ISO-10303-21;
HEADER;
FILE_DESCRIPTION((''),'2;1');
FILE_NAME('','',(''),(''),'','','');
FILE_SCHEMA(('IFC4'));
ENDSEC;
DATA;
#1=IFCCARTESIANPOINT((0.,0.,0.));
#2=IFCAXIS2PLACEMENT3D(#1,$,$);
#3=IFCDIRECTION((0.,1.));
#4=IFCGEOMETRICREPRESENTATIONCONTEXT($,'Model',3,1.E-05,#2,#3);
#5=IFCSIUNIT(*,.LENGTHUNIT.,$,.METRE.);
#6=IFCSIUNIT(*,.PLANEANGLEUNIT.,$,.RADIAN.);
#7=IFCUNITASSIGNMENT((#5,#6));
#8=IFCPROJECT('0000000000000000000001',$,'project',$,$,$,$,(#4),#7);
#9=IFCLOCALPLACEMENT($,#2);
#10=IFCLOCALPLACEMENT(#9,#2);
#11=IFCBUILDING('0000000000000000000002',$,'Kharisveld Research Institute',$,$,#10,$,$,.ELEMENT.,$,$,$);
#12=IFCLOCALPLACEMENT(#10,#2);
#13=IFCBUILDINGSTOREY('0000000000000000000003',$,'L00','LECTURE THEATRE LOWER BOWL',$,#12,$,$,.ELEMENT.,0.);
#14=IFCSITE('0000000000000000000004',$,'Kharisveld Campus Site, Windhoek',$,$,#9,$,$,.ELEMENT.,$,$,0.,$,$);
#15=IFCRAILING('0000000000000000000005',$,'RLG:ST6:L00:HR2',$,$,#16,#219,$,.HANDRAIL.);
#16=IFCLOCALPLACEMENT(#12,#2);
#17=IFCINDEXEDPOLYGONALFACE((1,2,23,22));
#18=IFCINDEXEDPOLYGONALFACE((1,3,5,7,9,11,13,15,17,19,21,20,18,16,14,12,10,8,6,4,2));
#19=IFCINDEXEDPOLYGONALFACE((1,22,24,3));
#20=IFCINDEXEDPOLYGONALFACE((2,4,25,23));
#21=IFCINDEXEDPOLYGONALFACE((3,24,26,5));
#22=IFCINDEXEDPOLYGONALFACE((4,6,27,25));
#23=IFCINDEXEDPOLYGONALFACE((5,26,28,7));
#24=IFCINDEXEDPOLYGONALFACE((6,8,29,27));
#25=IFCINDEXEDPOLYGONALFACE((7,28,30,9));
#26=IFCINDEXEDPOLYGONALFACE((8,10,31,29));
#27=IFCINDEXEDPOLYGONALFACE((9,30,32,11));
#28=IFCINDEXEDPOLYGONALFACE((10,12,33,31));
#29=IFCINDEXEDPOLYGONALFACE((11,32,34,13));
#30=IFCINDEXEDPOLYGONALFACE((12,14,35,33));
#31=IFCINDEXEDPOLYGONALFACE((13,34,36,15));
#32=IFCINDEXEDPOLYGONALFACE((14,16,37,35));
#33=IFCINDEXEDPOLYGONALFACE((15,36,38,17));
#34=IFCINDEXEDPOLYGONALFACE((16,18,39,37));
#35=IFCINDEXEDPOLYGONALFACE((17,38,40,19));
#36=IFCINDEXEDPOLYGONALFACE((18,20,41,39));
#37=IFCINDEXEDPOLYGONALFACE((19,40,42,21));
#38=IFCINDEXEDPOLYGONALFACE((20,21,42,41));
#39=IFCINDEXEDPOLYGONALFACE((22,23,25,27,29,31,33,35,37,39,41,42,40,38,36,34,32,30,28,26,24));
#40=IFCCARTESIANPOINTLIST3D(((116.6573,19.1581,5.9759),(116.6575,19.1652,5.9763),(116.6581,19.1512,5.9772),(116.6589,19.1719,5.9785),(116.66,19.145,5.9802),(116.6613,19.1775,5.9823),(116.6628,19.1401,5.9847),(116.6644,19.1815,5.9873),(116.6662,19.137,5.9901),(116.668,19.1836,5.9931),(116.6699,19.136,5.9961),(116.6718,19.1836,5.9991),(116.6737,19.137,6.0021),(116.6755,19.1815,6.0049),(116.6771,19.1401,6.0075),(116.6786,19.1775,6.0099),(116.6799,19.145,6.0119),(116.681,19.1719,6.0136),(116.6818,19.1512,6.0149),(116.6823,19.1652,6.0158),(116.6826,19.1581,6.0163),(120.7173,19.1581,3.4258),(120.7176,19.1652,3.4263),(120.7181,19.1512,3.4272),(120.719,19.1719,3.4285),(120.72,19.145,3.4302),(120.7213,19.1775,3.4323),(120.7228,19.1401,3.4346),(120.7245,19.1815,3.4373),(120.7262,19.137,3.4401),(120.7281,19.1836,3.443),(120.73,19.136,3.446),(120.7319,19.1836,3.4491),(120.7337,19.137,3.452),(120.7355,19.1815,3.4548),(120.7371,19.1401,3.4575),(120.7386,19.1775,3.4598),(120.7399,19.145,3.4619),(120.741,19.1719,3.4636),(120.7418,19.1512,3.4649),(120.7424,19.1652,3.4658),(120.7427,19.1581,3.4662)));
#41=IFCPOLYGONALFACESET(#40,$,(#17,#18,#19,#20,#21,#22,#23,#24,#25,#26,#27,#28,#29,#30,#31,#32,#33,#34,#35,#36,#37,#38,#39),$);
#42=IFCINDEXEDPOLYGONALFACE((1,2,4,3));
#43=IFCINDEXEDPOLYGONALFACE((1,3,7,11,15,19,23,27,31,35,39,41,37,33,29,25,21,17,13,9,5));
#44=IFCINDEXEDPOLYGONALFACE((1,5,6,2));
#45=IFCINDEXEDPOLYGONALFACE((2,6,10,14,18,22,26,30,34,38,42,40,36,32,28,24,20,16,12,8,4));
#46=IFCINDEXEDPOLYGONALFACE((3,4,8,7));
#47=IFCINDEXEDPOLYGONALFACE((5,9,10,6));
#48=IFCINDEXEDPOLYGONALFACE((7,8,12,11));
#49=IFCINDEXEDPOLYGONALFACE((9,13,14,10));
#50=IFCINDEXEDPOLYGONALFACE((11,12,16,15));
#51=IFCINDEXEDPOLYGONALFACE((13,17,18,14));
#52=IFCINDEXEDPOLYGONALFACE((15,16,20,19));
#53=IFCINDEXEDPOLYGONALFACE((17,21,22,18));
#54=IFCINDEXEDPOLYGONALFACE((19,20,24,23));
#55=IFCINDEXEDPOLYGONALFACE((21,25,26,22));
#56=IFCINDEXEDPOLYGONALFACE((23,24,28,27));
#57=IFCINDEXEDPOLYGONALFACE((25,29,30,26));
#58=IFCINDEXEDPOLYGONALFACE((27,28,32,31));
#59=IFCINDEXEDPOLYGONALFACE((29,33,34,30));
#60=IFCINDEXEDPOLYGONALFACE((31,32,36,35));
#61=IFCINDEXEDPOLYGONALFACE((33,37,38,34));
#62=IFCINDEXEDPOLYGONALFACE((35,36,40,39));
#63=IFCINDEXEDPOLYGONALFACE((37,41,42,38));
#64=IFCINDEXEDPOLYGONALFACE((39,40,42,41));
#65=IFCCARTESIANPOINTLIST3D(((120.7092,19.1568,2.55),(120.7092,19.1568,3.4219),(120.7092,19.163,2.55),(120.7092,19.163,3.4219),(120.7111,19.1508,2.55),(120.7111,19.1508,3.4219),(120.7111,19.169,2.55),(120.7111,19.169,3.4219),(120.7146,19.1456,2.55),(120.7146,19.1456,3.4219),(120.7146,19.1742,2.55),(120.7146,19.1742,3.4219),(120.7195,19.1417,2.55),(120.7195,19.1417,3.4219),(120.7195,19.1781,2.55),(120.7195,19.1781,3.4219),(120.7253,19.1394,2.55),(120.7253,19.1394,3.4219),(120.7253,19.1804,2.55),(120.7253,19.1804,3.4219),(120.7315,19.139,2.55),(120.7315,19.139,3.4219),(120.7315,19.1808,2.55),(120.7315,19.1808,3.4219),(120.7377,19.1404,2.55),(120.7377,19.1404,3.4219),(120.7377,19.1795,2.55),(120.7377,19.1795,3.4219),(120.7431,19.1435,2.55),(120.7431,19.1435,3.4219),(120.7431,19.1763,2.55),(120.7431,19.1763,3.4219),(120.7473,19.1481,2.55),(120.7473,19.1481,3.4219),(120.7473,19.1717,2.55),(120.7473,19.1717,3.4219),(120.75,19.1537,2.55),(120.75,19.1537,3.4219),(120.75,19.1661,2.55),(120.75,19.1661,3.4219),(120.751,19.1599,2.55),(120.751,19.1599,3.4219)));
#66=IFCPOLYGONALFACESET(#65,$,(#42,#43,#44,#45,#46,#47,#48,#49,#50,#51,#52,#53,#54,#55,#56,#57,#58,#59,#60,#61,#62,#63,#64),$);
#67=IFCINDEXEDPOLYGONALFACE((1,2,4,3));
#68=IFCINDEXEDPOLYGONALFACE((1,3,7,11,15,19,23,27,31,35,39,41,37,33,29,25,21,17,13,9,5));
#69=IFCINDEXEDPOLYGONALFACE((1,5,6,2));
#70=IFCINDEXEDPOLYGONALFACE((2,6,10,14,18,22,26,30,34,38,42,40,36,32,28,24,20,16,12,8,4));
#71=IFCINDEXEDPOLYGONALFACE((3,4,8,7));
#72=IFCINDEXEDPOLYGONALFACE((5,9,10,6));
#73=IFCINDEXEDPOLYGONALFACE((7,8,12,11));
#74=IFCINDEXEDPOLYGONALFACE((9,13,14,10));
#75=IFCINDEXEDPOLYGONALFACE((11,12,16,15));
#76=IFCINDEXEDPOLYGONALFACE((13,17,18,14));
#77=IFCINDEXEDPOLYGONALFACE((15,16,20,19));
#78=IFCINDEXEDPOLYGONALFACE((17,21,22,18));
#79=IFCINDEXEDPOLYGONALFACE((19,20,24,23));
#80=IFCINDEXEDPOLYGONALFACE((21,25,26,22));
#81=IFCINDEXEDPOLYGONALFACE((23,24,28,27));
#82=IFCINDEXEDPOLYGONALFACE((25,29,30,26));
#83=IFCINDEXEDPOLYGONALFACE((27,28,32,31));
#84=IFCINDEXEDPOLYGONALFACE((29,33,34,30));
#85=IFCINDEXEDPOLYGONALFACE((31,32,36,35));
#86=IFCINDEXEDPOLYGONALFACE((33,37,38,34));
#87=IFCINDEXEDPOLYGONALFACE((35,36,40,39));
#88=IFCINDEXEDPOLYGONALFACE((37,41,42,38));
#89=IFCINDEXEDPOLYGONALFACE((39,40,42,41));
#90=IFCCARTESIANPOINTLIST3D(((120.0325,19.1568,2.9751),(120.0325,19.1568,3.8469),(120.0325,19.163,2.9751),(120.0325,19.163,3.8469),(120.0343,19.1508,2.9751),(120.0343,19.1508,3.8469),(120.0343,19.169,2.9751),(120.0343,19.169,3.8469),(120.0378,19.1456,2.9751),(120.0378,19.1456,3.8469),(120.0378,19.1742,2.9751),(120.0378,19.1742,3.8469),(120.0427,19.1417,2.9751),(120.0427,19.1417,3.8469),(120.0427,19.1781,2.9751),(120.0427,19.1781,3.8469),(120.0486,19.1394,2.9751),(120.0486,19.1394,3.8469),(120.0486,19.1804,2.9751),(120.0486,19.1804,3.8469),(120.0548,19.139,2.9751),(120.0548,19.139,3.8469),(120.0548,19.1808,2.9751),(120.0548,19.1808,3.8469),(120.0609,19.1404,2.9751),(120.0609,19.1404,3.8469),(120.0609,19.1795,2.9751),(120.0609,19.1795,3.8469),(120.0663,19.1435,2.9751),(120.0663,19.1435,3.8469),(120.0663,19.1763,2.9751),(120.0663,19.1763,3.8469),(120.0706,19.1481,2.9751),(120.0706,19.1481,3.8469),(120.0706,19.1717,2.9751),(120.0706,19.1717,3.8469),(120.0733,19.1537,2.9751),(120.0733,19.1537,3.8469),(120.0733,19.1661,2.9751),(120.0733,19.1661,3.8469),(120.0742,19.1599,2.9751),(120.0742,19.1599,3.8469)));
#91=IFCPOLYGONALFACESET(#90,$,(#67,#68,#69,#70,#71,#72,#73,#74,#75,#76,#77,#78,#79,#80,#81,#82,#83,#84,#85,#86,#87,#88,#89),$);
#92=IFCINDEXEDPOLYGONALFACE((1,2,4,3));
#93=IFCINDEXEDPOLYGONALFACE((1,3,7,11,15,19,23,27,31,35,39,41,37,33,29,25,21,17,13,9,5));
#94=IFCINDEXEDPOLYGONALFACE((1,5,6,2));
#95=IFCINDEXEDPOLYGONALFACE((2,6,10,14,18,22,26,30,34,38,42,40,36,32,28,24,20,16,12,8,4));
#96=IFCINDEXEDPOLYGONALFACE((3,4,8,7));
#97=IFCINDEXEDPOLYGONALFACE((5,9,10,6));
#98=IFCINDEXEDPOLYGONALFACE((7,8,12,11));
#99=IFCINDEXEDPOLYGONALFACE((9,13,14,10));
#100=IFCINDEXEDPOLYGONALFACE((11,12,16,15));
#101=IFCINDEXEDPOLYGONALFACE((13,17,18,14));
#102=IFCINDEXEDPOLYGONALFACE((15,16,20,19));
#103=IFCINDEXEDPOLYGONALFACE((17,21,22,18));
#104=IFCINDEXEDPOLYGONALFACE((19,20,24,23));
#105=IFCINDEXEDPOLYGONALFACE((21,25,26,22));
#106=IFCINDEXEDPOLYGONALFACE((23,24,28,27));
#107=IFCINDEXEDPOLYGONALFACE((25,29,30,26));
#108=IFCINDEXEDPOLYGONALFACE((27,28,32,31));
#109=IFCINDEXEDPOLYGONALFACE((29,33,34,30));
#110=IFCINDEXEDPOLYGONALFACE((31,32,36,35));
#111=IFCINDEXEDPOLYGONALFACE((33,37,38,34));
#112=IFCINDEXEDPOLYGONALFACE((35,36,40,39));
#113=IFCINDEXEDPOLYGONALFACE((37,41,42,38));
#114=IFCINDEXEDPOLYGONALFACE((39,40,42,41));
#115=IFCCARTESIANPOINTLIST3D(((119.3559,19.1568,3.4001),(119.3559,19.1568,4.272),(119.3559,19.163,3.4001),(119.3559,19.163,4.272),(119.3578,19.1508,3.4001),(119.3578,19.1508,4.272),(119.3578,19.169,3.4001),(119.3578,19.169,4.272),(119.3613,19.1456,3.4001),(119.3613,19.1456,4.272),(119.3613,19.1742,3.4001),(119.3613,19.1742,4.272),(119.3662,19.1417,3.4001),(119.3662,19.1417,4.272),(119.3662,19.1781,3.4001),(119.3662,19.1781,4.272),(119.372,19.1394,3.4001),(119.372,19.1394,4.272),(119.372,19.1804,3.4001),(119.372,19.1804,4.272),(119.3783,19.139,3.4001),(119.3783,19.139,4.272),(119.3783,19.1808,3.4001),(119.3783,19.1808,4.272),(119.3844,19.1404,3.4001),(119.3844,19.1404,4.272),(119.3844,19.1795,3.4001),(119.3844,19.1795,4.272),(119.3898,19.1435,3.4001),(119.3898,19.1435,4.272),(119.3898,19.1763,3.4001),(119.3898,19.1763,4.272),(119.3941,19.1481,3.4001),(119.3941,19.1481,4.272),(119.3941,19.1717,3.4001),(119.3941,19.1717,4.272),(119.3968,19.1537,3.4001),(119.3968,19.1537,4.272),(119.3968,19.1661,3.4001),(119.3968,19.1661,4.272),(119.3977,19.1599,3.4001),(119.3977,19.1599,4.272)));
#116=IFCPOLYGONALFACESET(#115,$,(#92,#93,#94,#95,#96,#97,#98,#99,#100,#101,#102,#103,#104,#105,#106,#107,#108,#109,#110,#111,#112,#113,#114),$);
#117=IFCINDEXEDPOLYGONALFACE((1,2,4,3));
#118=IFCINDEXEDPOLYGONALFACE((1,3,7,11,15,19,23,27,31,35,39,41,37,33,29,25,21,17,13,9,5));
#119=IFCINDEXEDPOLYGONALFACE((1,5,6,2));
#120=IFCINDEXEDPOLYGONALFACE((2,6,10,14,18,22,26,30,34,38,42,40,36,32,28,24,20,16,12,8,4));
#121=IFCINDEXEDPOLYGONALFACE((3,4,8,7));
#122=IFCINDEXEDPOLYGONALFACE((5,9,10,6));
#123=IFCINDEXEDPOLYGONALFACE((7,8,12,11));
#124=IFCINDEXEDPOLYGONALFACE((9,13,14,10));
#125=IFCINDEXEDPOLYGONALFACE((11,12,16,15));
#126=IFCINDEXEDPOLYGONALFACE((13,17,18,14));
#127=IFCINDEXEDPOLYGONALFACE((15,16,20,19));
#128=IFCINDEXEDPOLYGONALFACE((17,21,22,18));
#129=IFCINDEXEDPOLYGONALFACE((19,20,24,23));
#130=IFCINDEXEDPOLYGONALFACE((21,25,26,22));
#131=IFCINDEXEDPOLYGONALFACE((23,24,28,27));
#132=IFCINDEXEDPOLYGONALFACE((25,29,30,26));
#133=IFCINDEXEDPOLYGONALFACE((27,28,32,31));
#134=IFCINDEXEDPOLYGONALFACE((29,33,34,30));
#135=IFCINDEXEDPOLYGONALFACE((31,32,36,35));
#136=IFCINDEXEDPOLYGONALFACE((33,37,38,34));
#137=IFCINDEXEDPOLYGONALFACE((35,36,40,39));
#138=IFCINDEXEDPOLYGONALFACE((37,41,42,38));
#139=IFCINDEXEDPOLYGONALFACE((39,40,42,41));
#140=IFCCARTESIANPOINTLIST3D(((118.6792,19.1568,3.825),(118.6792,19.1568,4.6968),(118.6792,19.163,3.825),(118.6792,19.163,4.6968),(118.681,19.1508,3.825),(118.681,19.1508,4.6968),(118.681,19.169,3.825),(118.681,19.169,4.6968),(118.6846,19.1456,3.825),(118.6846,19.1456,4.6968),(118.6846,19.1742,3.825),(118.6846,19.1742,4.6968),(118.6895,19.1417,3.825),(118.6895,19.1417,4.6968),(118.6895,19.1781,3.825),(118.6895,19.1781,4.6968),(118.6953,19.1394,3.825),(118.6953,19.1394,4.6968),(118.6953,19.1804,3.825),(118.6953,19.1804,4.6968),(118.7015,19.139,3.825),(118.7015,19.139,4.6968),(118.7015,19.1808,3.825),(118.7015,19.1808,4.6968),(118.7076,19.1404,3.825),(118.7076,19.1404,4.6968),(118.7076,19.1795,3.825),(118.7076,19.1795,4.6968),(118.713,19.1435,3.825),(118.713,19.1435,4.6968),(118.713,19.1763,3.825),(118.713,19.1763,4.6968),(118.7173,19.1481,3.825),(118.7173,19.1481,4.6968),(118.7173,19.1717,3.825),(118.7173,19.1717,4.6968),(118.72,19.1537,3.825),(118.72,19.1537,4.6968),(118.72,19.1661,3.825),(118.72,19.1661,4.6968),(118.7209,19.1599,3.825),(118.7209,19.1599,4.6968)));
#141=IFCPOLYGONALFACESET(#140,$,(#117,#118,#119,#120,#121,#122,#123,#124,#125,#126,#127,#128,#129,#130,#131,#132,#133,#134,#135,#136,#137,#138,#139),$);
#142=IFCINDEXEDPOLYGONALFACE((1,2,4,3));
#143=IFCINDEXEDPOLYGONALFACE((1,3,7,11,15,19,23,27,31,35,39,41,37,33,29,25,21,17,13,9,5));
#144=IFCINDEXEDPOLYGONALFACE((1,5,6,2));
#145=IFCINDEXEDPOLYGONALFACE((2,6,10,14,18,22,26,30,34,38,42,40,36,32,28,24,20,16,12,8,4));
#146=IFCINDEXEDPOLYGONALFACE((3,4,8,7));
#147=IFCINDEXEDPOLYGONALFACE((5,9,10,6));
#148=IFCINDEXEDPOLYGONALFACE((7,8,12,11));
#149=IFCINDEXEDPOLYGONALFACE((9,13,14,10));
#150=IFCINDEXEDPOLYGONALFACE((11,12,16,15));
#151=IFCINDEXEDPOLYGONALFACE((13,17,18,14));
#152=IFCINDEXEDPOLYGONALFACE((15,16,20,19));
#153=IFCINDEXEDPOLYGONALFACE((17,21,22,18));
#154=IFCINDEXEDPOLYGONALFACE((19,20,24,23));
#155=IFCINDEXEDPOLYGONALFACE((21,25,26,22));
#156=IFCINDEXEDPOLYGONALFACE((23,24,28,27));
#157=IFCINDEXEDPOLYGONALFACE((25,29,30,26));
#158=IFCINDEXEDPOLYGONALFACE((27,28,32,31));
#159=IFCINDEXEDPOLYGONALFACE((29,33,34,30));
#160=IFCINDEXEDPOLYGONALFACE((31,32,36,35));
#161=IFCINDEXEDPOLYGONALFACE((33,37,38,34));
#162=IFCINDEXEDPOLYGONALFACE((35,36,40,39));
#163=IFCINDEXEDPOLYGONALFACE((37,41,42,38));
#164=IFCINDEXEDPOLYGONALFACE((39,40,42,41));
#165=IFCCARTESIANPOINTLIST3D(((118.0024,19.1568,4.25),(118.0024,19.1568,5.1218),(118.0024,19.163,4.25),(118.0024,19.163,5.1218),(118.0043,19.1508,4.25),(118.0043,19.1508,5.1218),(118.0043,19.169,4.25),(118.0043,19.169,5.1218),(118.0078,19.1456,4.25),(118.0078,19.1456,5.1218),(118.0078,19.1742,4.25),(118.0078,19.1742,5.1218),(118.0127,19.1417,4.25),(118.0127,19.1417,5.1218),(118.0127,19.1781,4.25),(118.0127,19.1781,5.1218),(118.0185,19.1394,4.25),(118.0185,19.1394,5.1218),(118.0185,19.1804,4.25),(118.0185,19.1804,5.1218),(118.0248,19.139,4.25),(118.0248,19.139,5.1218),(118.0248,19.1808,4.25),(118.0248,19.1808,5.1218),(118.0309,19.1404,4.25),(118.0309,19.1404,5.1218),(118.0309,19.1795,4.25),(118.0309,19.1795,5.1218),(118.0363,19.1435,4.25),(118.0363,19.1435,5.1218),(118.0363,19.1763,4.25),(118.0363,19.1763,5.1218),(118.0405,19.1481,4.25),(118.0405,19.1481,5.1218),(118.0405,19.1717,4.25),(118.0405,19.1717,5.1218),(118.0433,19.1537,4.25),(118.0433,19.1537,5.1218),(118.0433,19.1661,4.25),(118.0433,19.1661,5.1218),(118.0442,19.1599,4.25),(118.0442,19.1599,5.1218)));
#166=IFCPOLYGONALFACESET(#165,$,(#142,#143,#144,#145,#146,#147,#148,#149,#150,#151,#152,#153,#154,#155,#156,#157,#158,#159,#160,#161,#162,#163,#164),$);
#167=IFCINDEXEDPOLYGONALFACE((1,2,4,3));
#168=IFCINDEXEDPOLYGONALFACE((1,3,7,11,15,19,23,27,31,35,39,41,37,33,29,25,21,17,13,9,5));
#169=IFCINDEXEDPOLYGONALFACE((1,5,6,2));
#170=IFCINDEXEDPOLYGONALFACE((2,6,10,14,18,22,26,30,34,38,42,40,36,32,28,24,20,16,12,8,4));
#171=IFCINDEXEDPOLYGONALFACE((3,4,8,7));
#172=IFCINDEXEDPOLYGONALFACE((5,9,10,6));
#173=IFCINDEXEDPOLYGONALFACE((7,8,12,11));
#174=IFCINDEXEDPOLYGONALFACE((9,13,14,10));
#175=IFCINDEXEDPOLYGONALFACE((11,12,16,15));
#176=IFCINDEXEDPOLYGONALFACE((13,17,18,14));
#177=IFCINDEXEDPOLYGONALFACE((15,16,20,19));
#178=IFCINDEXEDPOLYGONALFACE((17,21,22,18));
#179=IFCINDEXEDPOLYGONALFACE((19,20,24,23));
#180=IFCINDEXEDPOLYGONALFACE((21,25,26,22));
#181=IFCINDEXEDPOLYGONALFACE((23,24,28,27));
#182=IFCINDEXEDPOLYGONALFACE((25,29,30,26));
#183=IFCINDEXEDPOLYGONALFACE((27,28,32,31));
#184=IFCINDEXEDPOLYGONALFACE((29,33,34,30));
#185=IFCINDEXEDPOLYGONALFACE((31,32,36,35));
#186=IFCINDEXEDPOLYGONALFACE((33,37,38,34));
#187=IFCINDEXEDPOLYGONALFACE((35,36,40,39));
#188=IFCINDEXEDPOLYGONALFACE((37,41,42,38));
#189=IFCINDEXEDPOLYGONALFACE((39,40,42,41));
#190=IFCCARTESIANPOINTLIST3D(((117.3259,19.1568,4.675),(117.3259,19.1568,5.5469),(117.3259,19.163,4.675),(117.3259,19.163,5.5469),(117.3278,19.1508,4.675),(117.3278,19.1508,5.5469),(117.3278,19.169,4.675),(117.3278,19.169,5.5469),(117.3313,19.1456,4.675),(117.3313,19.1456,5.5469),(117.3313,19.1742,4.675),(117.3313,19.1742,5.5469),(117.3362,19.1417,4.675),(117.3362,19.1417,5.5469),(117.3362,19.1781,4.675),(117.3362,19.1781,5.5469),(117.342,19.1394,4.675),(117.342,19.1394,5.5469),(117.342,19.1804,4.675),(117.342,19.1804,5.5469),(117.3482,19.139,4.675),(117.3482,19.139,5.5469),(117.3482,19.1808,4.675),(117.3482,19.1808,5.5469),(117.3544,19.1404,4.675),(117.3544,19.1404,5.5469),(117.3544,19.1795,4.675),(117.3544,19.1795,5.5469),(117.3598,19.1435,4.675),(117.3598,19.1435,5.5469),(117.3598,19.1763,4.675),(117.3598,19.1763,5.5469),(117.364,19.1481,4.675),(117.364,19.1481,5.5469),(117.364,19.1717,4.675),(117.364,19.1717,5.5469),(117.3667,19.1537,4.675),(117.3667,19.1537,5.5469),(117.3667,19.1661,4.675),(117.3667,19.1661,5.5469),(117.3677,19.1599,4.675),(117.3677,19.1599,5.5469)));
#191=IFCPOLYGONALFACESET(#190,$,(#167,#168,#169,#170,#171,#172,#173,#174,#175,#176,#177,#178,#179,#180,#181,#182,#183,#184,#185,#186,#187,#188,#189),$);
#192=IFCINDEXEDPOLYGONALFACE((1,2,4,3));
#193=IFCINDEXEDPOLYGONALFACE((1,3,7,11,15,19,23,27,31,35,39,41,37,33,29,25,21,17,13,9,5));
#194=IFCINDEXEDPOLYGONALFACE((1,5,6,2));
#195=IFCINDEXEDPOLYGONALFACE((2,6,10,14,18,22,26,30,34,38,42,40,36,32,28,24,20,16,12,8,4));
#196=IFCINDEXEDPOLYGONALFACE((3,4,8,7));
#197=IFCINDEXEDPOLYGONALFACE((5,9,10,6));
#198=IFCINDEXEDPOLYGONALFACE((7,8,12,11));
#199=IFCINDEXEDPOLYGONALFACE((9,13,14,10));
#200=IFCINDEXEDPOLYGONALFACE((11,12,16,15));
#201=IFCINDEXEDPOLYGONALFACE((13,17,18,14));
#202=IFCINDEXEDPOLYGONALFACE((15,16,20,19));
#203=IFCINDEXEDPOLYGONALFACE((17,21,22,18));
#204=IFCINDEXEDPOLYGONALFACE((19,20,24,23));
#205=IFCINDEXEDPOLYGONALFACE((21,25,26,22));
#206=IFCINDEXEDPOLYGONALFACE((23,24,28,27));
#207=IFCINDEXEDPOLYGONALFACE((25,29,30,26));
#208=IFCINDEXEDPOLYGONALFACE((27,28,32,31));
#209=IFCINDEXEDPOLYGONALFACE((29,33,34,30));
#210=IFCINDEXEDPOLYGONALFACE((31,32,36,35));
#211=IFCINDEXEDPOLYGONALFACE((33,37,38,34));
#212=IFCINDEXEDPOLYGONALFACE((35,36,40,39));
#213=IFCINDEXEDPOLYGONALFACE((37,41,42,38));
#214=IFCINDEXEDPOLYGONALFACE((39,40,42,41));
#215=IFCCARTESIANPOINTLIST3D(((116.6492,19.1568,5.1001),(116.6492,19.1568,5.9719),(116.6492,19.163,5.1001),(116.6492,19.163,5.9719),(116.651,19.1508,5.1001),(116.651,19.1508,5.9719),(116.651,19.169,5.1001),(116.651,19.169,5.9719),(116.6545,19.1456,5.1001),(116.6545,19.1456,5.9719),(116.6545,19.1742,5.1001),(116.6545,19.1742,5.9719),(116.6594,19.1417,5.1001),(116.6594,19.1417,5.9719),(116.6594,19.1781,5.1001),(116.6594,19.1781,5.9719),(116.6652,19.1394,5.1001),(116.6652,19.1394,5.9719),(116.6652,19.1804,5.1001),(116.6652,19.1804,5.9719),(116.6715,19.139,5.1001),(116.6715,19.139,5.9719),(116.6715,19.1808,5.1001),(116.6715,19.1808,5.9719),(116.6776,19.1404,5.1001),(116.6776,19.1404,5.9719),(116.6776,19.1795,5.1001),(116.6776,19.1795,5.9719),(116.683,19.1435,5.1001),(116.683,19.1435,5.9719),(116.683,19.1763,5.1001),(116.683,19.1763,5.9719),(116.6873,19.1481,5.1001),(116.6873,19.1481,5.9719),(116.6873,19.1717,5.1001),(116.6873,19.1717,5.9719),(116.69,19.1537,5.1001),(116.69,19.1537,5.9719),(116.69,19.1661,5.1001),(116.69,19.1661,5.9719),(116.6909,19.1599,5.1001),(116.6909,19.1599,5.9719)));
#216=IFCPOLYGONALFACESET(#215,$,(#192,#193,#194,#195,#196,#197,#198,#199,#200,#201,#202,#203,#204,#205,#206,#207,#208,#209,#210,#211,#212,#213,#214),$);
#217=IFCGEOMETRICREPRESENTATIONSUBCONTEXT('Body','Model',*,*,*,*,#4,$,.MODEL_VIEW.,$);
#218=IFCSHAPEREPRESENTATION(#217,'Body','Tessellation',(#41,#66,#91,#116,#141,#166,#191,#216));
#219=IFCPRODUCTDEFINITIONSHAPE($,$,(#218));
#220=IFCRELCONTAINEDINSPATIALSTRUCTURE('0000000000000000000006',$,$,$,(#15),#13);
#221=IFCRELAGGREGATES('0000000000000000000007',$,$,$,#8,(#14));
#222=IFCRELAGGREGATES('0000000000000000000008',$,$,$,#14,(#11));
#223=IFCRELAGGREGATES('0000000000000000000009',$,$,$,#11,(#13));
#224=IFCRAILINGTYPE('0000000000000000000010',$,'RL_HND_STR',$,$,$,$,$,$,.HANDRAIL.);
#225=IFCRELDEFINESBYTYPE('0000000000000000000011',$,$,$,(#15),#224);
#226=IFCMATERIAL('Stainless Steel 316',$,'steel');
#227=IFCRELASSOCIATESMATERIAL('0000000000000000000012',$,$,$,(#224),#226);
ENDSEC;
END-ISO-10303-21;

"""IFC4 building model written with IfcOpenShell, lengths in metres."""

from ifc_helpers import new_model, si_unit, direction, frame, origin, origin_2d, place, context, subcontext, project, spatial, circle, extrude, material, type_object, element, save


model = new_model("IFC4")

# Units and contexts
model_context = context("Model", 3, precision=1e-05, world=origin(), true_north=direction((0.0, 1.0)))
body_context = subcontext(model_context, "Body", "Model", "MODEL_VIEW")
ifc_project = project(units=[si_unit("LENGTHUNIT", "METRE"), si_unit("PLANEANGLEUNIT", "RADIAN")], contexts=[model_context])

# Site, building, storey
site_placement = place(None, origin())
site = spatial("IfcSite", under=ifc_project, at=site_placement, Name="Kharisveld Campus Site, Windhoek", CompositionType="ELEMENT", RefElevation=0.0)
building_placement = place(site_placement, origin())
building = spatial("IfcBuilding", under=site, at=building_placement, Name="Kharisveld Research Institute", CompositionType="ELEMENT")
storey_placement = place(building_placement, origin())
storey = spatial("IfcBuildingStorey", under=building, at=storey_placement, Name="L00", Description="LECTURE THEATRE LOWER BOWL", CompositionType="ELEMENT", Elevation=0.0)

# Railing
ifc_material_1 = material(Name="Stainless Steel 316", Category="steel")
railing_type_1 = type_object("IfcRailingType", Name="RL_HND_STR", PredefinedType="HANDRAIL", material=ifc_material_1)
railing_1_placement = place(storey_placement, frame((120.73, 19.1599, 2.55)))
element("IfcRailing", 1, at=railing_1_placement, inside=storey, type_object=railing_type_1, Name="RLG:ST6:L00:HR2", PredefinedType="HANDRAIL", context=body_context, shape_type="SweptSolid", body=[
    extrude(circle(Radius=0.0239, at=origin_2d()), frame((0.0, 0.0, 0.896), z_axis=(-0.846823, 0.0, 0.531874), x_axis=(0.0, -1.0, 0.0)), (0.0, 0.0, 1.0), 4.7944),
    extrude(circle(Radius=0.021, at=origin_2d()), origin(), (0.0, 0.0, 1.0), 0.8718),
    extrude(circle(Radius=0.021, at=origin_2d()), frame((-0.6768, 0.0, 0.425)), (0.0, 0.0, 1.0), 0.8718),
    extrude(circle(Radius=0.021, at=origin_2d()), frame((-1.3533, 0.0, 0.8501)), (0.0, 0.0, 1.0), 0.8718),
    extrude(circle(Radius=0.021, at=origin_2d()), frame((-2.03, 0.0, 1.2749)), (0.0, 0.0, 1.0), 0.8718),
    extrude(circle(Radius=0.021, at=origin_2d()), frame((-2.7068, 0.0, 1.7)), (0.0, 0.0, 1.0), 0.8718),
    extrude(circle(Radius=0.021, at=origin_2d()), frame((-3.3833, 0.0, 2.125)), (0.0, 0.0, 1.0), 0.8718),
    extrude(circle(Radius=0.021, at=origin_2d()), frame((-4.0601, 0.0, 2.55)), (0.0, 0.0, 1.0), 0.8718),
])

save(model, "model.ifc")
